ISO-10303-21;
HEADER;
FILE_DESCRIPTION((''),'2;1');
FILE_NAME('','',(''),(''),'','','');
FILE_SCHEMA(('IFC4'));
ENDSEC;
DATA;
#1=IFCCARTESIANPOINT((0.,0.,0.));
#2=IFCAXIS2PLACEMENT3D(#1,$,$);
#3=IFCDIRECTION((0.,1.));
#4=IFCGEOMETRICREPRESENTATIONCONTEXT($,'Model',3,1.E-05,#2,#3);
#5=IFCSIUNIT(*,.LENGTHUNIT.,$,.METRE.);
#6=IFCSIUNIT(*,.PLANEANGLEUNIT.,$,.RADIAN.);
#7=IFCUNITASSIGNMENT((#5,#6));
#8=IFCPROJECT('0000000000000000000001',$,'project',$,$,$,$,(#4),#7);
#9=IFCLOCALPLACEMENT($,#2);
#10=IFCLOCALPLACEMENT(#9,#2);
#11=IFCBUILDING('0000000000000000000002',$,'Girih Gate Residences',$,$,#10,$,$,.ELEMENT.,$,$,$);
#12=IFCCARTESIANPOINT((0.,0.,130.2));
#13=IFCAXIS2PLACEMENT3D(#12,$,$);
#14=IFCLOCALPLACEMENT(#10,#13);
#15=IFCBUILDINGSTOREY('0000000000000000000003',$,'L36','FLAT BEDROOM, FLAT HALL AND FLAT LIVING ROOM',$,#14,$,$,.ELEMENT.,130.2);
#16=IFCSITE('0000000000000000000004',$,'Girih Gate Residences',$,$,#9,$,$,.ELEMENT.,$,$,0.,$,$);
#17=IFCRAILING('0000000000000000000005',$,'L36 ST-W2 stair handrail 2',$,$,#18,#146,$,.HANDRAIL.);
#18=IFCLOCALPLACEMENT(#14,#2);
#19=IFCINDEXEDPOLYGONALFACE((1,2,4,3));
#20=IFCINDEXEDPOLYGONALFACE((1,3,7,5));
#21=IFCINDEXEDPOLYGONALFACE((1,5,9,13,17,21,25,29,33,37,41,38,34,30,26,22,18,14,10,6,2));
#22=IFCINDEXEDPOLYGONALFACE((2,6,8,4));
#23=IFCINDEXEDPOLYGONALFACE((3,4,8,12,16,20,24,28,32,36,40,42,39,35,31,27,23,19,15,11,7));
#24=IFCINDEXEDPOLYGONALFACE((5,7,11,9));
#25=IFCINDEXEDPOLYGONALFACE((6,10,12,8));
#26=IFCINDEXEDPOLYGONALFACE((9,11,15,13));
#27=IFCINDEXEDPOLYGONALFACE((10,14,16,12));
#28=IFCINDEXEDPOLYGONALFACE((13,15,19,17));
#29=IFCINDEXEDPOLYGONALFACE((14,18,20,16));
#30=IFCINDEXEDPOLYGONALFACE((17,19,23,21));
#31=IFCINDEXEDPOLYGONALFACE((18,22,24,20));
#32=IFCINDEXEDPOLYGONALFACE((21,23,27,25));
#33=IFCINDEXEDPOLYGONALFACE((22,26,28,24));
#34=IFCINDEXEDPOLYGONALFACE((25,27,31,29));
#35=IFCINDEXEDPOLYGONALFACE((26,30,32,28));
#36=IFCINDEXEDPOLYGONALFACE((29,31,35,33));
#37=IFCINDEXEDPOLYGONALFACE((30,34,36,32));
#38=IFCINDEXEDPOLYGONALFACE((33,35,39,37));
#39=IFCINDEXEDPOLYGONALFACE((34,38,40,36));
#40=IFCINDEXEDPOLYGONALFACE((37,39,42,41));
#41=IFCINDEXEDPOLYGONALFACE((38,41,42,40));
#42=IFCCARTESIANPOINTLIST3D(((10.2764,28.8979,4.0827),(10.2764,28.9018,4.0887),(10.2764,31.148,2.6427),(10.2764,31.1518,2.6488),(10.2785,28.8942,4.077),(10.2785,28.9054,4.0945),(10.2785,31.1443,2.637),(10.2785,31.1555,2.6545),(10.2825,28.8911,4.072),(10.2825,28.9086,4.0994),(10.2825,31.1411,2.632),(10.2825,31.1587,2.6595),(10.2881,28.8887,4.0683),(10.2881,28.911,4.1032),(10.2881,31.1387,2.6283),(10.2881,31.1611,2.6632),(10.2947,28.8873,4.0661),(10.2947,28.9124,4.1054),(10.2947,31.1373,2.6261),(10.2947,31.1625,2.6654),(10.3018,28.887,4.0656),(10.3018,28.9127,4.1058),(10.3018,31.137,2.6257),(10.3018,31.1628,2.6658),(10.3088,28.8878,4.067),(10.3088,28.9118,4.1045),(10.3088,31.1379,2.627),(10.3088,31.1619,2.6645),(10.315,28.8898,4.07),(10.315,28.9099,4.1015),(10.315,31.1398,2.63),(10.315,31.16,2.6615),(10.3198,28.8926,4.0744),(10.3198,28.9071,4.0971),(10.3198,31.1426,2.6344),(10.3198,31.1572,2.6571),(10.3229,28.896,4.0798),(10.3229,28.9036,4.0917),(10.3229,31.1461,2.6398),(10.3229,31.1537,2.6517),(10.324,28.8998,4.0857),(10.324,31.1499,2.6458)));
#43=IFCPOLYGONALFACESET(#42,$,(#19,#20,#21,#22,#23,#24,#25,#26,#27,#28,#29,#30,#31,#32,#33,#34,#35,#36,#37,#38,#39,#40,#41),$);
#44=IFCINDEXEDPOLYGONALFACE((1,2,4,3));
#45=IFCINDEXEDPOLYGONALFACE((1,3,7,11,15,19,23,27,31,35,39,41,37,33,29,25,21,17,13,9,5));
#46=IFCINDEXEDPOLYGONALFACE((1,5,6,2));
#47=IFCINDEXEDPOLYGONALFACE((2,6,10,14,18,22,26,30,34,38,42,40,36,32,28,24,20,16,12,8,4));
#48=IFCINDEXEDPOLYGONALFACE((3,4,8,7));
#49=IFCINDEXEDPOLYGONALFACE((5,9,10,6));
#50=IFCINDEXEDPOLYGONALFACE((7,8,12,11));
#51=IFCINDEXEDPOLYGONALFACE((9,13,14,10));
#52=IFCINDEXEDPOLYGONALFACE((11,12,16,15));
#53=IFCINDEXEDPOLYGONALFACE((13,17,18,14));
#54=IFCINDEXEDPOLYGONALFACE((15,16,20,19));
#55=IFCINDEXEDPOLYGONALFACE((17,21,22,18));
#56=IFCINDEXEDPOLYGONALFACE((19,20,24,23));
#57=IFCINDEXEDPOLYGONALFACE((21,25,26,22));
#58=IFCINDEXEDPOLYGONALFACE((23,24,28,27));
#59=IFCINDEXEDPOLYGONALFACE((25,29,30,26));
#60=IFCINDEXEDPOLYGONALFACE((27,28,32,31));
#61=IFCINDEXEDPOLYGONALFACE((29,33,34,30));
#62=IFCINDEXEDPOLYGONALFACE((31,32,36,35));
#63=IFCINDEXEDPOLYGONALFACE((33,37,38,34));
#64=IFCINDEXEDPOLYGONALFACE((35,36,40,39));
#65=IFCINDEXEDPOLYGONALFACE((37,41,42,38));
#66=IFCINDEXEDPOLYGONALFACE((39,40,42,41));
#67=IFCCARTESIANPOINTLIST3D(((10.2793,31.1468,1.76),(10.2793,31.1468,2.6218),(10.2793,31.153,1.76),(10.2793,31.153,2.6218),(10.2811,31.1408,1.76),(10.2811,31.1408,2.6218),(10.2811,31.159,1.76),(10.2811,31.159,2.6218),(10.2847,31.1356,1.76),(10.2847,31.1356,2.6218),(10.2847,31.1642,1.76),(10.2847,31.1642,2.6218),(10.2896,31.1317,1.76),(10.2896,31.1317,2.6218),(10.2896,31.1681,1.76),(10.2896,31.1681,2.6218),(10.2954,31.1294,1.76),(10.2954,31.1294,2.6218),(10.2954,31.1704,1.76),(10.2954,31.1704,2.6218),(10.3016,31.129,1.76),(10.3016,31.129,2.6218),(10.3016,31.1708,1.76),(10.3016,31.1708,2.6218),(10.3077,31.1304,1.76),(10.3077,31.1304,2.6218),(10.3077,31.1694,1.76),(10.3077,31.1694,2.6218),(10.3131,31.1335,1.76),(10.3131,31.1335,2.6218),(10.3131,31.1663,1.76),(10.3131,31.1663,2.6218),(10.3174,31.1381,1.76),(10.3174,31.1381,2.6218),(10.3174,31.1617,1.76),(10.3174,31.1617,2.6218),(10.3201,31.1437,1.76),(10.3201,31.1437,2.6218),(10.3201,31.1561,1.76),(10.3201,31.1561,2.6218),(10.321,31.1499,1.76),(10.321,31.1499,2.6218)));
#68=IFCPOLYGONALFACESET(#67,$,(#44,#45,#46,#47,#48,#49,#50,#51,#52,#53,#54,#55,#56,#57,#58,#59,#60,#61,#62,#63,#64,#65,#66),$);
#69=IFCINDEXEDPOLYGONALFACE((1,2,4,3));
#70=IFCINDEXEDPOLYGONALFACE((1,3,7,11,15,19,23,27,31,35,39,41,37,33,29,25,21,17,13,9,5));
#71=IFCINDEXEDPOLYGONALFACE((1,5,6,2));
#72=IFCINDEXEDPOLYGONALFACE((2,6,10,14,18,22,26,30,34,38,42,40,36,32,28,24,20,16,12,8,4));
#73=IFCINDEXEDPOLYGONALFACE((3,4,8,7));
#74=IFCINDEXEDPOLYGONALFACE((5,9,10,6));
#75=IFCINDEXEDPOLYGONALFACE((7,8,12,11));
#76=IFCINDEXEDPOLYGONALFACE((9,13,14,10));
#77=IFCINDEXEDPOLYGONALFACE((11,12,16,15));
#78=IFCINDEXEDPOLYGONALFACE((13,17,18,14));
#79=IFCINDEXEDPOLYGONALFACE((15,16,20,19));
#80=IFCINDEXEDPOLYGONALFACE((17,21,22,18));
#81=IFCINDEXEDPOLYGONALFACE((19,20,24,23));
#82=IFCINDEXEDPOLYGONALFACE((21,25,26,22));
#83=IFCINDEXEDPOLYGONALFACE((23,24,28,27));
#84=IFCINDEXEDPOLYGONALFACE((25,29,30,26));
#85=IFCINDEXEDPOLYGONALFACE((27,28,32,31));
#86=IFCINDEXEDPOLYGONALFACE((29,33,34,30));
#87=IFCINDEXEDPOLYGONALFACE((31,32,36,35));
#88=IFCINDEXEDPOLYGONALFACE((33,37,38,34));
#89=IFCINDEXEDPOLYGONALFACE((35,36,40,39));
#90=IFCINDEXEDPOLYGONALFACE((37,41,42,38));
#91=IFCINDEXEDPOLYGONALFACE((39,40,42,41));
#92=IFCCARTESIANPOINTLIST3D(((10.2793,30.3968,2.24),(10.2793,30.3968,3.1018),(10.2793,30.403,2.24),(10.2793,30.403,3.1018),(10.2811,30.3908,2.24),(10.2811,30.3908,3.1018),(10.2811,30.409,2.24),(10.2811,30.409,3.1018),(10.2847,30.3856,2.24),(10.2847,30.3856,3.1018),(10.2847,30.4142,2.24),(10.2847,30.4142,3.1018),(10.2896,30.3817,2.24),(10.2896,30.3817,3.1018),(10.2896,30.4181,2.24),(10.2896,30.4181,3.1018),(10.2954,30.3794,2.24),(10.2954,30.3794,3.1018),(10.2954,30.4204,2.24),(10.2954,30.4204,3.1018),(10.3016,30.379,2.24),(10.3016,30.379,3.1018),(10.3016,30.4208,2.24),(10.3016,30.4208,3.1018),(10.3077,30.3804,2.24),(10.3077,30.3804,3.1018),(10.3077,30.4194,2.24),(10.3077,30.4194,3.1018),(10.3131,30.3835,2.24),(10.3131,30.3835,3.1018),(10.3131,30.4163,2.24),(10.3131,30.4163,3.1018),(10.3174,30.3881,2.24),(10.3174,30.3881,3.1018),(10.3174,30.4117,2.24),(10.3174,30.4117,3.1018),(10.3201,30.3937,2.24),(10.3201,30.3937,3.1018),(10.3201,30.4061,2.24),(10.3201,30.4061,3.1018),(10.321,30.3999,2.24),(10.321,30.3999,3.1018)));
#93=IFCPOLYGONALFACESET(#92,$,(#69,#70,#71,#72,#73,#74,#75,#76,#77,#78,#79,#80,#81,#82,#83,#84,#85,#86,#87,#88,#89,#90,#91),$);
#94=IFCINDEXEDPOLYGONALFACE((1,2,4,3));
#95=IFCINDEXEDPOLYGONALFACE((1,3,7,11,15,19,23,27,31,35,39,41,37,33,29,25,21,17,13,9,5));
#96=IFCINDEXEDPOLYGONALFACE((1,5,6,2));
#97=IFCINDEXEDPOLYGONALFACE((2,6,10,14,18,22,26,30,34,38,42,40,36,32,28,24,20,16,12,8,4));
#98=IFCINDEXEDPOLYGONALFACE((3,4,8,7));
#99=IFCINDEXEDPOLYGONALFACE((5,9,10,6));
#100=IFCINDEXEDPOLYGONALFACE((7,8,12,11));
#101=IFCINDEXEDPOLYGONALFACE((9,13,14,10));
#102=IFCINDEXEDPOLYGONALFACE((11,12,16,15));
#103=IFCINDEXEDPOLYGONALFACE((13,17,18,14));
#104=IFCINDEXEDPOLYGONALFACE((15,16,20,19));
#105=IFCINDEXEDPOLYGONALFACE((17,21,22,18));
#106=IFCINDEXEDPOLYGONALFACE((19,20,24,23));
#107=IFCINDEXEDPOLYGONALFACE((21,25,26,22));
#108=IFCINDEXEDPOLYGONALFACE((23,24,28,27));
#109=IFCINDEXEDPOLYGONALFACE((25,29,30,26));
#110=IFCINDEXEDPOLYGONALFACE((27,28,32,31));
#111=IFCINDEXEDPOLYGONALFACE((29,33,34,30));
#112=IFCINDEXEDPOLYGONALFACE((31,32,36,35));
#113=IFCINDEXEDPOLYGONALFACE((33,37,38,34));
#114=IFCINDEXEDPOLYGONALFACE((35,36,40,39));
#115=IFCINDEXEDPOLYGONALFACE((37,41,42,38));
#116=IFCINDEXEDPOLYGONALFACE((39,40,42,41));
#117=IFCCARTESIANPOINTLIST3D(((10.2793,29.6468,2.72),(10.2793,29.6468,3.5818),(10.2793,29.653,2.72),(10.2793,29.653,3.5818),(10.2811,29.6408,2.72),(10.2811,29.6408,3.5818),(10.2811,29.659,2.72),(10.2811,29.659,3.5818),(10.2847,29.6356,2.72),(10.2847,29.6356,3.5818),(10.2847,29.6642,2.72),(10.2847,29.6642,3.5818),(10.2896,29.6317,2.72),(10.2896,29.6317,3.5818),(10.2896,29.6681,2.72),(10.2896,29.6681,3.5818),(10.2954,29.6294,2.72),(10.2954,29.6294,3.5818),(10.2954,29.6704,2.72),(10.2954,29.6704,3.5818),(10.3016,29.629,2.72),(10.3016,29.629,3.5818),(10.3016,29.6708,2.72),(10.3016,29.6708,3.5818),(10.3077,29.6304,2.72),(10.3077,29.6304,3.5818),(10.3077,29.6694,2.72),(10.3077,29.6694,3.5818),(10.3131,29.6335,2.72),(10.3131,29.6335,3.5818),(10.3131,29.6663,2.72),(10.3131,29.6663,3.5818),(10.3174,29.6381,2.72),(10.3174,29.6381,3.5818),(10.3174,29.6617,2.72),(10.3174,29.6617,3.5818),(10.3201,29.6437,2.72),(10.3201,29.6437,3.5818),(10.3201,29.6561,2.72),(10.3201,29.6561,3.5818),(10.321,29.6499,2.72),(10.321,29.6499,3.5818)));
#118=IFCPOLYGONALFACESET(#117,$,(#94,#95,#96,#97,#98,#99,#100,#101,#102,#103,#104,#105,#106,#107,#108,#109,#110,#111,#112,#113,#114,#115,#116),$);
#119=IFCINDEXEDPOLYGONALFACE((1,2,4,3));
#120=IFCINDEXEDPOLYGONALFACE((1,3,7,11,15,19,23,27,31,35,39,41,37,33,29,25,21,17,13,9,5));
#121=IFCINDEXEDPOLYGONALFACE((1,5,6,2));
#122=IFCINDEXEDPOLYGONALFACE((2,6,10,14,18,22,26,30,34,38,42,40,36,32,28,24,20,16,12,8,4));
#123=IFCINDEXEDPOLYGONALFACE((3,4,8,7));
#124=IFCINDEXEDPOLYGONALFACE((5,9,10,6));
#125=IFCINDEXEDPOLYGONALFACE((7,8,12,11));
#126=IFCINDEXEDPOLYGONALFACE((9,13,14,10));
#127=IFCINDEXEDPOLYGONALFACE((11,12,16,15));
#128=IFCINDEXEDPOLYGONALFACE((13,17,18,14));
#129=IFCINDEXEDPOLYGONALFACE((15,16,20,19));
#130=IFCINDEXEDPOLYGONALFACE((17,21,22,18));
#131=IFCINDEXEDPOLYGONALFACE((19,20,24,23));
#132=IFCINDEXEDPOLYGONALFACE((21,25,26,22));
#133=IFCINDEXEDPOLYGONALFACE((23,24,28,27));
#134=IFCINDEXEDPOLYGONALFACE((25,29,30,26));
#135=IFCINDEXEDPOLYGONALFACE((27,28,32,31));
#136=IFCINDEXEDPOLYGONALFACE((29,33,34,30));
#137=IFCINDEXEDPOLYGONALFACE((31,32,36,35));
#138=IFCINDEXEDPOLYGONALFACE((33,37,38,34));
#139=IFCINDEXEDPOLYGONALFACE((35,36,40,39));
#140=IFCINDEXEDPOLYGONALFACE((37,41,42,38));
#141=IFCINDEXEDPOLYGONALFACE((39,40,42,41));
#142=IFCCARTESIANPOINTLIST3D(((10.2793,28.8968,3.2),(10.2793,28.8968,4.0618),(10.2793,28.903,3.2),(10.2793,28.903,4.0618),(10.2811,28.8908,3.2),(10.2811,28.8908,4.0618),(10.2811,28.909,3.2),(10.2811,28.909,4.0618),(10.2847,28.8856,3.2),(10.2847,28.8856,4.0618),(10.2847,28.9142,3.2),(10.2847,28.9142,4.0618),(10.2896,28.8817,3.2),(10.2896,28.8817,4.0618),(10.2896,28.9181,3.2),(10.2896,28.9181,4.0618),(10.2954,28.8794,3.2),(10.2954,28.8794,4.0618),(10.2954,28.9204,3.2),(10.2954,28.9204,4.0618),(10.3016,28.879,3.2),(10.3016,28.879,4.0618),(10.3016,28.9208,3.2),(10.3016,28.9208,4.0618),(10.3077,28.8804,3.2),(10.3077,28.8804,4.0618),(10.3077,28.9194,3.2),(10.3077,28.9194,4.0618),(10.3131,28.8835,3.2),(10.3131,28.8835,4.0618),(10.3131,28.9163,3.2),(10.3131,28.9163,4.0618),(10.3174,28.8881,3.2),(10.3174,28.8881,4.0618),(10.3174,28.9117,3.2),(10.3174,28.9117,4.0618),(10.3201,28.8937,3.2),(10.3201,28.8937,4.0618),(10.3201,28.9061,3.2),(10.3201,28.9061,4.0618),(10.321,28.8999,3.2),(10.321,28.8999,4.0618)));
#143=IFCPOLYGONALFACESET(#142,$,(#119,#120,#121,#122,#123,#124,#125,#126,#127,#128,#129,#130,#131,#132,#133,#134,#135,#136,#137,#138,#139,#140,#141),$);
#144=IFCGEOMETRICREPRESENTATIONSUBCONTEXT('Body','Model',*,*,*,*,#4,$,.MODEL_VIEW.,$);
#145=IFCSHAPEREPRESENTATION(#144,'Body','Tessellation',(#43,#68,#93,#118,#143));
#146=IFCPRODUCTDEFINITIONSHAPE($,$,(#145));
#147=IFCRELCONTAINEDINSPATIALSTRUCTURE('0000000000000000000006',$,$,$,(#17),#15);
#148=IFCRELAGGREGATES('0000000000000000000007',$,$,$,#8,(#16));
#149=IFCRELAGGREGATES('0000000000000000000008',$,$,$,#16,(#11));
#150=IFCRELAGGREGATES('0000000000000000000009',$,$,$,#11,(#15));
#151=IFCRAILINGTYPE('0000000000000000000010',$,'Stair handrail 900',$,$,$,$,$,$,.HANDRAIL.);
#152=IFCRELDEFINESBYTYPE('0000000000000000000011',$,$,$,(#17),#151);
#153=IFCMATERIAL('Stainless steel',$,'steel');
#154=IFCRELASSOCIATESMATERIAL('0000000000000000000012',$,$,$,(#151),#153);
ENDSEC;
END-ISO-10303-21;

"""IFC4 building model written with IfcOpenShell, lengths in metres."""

from ifc_helpers import new_model, si_unit, direction, frame, origin, origin_2d, place, context, subcontext, project, spatial, circle, extrude, material, type_object, element, save


model = new_model("IFC4")

# Units and contexts
model_context = context("Model", 3, precision=1e-05, world=origin(), true_north=direction((0.0, 1.0)))
body_context = subcontext(model_context, "Body", "Model", "MODEL_VIEW")
ifc_project = project(units=[si_unit("LENGTHUNIT", "METRE"), si_unit("PLANEANGLEUNIT", "RADIAN")], contexts=[model_context])

# Site, building, storey
site_placement = place(None, origin())
site = spatial("IfcSite", under=ifc_project, at=site_placement, Name="Girih Gate Residences", CompositionType="ELEMENT", RefElevation=0.0)
building_placement = place(site_placement, origin())
building = spatial("IfcBuilding", under=site, at=building_placement, Name="Girih Gate Residences", CompositionType="ELEMENT")
storey_placement = place(building_placement, frame((0.0, 0.0, 130.2)))
storey = spatial("IfcBuildingStorey", under=building, at=storey_placement, Name="L36", Description="FLAT BEDROOM, FLAT HALL AND FLAT LIVING ROOM", CompositionType="ELEMENT", Elevation=130.2)

# Railing
ifc_material_1 = material(Name="Stainless steel", Category="steel")
railing_type_1 = type_object("IfcRailingType", Name="Stair handrail 900", PredefinedType="HANDRAIL", material=ifc_material_1)
railing_1_placement = place(storey_placement, frame((10.3, 31.1499, 1.76)))
element("IfcRailing", 1, at=railing_1_placement, inside=storey, type_object=railing_type_1, Name="L36 ST-W2 stair handrail 2", PredefinedType="HANDRAIL", context=body_context, shape_type="SweptSolid", body=[
    extrude(circle(Radius=0.0239, at=origin_2d()), frame((0.0, 0.0, 0.8857), z_axis=(0.0, -0.842281, 0.539038), x_axis=(1.0, 0.0, 0.0)), (0.0, 0.0, 1.0), 2.6714),
    extrude(circle(Radius=0.021, at=origin_2d()), origin(), (0.0, 0.0, 1.0), 0.8618),
    extrude(circle(Radius=0.021, at=origin_2d()), frame((0.0, -0.75, 0.48)), (0.0, 0.0, 1.0), 0.8618),
    extrude(circle(Radius=0.021, at=origin_2d()), frame((0.0, -1.5, 0.96)), (0.0, 0.0, 1.0), 0.8618),
    extrude(circle(Radius=0.021, at=origin_2d()), frame((0.0, -2.25, 1.4399)), (0.0, 0.0, 1.0), 0.8618),
])

save(model, "model.ifc")
